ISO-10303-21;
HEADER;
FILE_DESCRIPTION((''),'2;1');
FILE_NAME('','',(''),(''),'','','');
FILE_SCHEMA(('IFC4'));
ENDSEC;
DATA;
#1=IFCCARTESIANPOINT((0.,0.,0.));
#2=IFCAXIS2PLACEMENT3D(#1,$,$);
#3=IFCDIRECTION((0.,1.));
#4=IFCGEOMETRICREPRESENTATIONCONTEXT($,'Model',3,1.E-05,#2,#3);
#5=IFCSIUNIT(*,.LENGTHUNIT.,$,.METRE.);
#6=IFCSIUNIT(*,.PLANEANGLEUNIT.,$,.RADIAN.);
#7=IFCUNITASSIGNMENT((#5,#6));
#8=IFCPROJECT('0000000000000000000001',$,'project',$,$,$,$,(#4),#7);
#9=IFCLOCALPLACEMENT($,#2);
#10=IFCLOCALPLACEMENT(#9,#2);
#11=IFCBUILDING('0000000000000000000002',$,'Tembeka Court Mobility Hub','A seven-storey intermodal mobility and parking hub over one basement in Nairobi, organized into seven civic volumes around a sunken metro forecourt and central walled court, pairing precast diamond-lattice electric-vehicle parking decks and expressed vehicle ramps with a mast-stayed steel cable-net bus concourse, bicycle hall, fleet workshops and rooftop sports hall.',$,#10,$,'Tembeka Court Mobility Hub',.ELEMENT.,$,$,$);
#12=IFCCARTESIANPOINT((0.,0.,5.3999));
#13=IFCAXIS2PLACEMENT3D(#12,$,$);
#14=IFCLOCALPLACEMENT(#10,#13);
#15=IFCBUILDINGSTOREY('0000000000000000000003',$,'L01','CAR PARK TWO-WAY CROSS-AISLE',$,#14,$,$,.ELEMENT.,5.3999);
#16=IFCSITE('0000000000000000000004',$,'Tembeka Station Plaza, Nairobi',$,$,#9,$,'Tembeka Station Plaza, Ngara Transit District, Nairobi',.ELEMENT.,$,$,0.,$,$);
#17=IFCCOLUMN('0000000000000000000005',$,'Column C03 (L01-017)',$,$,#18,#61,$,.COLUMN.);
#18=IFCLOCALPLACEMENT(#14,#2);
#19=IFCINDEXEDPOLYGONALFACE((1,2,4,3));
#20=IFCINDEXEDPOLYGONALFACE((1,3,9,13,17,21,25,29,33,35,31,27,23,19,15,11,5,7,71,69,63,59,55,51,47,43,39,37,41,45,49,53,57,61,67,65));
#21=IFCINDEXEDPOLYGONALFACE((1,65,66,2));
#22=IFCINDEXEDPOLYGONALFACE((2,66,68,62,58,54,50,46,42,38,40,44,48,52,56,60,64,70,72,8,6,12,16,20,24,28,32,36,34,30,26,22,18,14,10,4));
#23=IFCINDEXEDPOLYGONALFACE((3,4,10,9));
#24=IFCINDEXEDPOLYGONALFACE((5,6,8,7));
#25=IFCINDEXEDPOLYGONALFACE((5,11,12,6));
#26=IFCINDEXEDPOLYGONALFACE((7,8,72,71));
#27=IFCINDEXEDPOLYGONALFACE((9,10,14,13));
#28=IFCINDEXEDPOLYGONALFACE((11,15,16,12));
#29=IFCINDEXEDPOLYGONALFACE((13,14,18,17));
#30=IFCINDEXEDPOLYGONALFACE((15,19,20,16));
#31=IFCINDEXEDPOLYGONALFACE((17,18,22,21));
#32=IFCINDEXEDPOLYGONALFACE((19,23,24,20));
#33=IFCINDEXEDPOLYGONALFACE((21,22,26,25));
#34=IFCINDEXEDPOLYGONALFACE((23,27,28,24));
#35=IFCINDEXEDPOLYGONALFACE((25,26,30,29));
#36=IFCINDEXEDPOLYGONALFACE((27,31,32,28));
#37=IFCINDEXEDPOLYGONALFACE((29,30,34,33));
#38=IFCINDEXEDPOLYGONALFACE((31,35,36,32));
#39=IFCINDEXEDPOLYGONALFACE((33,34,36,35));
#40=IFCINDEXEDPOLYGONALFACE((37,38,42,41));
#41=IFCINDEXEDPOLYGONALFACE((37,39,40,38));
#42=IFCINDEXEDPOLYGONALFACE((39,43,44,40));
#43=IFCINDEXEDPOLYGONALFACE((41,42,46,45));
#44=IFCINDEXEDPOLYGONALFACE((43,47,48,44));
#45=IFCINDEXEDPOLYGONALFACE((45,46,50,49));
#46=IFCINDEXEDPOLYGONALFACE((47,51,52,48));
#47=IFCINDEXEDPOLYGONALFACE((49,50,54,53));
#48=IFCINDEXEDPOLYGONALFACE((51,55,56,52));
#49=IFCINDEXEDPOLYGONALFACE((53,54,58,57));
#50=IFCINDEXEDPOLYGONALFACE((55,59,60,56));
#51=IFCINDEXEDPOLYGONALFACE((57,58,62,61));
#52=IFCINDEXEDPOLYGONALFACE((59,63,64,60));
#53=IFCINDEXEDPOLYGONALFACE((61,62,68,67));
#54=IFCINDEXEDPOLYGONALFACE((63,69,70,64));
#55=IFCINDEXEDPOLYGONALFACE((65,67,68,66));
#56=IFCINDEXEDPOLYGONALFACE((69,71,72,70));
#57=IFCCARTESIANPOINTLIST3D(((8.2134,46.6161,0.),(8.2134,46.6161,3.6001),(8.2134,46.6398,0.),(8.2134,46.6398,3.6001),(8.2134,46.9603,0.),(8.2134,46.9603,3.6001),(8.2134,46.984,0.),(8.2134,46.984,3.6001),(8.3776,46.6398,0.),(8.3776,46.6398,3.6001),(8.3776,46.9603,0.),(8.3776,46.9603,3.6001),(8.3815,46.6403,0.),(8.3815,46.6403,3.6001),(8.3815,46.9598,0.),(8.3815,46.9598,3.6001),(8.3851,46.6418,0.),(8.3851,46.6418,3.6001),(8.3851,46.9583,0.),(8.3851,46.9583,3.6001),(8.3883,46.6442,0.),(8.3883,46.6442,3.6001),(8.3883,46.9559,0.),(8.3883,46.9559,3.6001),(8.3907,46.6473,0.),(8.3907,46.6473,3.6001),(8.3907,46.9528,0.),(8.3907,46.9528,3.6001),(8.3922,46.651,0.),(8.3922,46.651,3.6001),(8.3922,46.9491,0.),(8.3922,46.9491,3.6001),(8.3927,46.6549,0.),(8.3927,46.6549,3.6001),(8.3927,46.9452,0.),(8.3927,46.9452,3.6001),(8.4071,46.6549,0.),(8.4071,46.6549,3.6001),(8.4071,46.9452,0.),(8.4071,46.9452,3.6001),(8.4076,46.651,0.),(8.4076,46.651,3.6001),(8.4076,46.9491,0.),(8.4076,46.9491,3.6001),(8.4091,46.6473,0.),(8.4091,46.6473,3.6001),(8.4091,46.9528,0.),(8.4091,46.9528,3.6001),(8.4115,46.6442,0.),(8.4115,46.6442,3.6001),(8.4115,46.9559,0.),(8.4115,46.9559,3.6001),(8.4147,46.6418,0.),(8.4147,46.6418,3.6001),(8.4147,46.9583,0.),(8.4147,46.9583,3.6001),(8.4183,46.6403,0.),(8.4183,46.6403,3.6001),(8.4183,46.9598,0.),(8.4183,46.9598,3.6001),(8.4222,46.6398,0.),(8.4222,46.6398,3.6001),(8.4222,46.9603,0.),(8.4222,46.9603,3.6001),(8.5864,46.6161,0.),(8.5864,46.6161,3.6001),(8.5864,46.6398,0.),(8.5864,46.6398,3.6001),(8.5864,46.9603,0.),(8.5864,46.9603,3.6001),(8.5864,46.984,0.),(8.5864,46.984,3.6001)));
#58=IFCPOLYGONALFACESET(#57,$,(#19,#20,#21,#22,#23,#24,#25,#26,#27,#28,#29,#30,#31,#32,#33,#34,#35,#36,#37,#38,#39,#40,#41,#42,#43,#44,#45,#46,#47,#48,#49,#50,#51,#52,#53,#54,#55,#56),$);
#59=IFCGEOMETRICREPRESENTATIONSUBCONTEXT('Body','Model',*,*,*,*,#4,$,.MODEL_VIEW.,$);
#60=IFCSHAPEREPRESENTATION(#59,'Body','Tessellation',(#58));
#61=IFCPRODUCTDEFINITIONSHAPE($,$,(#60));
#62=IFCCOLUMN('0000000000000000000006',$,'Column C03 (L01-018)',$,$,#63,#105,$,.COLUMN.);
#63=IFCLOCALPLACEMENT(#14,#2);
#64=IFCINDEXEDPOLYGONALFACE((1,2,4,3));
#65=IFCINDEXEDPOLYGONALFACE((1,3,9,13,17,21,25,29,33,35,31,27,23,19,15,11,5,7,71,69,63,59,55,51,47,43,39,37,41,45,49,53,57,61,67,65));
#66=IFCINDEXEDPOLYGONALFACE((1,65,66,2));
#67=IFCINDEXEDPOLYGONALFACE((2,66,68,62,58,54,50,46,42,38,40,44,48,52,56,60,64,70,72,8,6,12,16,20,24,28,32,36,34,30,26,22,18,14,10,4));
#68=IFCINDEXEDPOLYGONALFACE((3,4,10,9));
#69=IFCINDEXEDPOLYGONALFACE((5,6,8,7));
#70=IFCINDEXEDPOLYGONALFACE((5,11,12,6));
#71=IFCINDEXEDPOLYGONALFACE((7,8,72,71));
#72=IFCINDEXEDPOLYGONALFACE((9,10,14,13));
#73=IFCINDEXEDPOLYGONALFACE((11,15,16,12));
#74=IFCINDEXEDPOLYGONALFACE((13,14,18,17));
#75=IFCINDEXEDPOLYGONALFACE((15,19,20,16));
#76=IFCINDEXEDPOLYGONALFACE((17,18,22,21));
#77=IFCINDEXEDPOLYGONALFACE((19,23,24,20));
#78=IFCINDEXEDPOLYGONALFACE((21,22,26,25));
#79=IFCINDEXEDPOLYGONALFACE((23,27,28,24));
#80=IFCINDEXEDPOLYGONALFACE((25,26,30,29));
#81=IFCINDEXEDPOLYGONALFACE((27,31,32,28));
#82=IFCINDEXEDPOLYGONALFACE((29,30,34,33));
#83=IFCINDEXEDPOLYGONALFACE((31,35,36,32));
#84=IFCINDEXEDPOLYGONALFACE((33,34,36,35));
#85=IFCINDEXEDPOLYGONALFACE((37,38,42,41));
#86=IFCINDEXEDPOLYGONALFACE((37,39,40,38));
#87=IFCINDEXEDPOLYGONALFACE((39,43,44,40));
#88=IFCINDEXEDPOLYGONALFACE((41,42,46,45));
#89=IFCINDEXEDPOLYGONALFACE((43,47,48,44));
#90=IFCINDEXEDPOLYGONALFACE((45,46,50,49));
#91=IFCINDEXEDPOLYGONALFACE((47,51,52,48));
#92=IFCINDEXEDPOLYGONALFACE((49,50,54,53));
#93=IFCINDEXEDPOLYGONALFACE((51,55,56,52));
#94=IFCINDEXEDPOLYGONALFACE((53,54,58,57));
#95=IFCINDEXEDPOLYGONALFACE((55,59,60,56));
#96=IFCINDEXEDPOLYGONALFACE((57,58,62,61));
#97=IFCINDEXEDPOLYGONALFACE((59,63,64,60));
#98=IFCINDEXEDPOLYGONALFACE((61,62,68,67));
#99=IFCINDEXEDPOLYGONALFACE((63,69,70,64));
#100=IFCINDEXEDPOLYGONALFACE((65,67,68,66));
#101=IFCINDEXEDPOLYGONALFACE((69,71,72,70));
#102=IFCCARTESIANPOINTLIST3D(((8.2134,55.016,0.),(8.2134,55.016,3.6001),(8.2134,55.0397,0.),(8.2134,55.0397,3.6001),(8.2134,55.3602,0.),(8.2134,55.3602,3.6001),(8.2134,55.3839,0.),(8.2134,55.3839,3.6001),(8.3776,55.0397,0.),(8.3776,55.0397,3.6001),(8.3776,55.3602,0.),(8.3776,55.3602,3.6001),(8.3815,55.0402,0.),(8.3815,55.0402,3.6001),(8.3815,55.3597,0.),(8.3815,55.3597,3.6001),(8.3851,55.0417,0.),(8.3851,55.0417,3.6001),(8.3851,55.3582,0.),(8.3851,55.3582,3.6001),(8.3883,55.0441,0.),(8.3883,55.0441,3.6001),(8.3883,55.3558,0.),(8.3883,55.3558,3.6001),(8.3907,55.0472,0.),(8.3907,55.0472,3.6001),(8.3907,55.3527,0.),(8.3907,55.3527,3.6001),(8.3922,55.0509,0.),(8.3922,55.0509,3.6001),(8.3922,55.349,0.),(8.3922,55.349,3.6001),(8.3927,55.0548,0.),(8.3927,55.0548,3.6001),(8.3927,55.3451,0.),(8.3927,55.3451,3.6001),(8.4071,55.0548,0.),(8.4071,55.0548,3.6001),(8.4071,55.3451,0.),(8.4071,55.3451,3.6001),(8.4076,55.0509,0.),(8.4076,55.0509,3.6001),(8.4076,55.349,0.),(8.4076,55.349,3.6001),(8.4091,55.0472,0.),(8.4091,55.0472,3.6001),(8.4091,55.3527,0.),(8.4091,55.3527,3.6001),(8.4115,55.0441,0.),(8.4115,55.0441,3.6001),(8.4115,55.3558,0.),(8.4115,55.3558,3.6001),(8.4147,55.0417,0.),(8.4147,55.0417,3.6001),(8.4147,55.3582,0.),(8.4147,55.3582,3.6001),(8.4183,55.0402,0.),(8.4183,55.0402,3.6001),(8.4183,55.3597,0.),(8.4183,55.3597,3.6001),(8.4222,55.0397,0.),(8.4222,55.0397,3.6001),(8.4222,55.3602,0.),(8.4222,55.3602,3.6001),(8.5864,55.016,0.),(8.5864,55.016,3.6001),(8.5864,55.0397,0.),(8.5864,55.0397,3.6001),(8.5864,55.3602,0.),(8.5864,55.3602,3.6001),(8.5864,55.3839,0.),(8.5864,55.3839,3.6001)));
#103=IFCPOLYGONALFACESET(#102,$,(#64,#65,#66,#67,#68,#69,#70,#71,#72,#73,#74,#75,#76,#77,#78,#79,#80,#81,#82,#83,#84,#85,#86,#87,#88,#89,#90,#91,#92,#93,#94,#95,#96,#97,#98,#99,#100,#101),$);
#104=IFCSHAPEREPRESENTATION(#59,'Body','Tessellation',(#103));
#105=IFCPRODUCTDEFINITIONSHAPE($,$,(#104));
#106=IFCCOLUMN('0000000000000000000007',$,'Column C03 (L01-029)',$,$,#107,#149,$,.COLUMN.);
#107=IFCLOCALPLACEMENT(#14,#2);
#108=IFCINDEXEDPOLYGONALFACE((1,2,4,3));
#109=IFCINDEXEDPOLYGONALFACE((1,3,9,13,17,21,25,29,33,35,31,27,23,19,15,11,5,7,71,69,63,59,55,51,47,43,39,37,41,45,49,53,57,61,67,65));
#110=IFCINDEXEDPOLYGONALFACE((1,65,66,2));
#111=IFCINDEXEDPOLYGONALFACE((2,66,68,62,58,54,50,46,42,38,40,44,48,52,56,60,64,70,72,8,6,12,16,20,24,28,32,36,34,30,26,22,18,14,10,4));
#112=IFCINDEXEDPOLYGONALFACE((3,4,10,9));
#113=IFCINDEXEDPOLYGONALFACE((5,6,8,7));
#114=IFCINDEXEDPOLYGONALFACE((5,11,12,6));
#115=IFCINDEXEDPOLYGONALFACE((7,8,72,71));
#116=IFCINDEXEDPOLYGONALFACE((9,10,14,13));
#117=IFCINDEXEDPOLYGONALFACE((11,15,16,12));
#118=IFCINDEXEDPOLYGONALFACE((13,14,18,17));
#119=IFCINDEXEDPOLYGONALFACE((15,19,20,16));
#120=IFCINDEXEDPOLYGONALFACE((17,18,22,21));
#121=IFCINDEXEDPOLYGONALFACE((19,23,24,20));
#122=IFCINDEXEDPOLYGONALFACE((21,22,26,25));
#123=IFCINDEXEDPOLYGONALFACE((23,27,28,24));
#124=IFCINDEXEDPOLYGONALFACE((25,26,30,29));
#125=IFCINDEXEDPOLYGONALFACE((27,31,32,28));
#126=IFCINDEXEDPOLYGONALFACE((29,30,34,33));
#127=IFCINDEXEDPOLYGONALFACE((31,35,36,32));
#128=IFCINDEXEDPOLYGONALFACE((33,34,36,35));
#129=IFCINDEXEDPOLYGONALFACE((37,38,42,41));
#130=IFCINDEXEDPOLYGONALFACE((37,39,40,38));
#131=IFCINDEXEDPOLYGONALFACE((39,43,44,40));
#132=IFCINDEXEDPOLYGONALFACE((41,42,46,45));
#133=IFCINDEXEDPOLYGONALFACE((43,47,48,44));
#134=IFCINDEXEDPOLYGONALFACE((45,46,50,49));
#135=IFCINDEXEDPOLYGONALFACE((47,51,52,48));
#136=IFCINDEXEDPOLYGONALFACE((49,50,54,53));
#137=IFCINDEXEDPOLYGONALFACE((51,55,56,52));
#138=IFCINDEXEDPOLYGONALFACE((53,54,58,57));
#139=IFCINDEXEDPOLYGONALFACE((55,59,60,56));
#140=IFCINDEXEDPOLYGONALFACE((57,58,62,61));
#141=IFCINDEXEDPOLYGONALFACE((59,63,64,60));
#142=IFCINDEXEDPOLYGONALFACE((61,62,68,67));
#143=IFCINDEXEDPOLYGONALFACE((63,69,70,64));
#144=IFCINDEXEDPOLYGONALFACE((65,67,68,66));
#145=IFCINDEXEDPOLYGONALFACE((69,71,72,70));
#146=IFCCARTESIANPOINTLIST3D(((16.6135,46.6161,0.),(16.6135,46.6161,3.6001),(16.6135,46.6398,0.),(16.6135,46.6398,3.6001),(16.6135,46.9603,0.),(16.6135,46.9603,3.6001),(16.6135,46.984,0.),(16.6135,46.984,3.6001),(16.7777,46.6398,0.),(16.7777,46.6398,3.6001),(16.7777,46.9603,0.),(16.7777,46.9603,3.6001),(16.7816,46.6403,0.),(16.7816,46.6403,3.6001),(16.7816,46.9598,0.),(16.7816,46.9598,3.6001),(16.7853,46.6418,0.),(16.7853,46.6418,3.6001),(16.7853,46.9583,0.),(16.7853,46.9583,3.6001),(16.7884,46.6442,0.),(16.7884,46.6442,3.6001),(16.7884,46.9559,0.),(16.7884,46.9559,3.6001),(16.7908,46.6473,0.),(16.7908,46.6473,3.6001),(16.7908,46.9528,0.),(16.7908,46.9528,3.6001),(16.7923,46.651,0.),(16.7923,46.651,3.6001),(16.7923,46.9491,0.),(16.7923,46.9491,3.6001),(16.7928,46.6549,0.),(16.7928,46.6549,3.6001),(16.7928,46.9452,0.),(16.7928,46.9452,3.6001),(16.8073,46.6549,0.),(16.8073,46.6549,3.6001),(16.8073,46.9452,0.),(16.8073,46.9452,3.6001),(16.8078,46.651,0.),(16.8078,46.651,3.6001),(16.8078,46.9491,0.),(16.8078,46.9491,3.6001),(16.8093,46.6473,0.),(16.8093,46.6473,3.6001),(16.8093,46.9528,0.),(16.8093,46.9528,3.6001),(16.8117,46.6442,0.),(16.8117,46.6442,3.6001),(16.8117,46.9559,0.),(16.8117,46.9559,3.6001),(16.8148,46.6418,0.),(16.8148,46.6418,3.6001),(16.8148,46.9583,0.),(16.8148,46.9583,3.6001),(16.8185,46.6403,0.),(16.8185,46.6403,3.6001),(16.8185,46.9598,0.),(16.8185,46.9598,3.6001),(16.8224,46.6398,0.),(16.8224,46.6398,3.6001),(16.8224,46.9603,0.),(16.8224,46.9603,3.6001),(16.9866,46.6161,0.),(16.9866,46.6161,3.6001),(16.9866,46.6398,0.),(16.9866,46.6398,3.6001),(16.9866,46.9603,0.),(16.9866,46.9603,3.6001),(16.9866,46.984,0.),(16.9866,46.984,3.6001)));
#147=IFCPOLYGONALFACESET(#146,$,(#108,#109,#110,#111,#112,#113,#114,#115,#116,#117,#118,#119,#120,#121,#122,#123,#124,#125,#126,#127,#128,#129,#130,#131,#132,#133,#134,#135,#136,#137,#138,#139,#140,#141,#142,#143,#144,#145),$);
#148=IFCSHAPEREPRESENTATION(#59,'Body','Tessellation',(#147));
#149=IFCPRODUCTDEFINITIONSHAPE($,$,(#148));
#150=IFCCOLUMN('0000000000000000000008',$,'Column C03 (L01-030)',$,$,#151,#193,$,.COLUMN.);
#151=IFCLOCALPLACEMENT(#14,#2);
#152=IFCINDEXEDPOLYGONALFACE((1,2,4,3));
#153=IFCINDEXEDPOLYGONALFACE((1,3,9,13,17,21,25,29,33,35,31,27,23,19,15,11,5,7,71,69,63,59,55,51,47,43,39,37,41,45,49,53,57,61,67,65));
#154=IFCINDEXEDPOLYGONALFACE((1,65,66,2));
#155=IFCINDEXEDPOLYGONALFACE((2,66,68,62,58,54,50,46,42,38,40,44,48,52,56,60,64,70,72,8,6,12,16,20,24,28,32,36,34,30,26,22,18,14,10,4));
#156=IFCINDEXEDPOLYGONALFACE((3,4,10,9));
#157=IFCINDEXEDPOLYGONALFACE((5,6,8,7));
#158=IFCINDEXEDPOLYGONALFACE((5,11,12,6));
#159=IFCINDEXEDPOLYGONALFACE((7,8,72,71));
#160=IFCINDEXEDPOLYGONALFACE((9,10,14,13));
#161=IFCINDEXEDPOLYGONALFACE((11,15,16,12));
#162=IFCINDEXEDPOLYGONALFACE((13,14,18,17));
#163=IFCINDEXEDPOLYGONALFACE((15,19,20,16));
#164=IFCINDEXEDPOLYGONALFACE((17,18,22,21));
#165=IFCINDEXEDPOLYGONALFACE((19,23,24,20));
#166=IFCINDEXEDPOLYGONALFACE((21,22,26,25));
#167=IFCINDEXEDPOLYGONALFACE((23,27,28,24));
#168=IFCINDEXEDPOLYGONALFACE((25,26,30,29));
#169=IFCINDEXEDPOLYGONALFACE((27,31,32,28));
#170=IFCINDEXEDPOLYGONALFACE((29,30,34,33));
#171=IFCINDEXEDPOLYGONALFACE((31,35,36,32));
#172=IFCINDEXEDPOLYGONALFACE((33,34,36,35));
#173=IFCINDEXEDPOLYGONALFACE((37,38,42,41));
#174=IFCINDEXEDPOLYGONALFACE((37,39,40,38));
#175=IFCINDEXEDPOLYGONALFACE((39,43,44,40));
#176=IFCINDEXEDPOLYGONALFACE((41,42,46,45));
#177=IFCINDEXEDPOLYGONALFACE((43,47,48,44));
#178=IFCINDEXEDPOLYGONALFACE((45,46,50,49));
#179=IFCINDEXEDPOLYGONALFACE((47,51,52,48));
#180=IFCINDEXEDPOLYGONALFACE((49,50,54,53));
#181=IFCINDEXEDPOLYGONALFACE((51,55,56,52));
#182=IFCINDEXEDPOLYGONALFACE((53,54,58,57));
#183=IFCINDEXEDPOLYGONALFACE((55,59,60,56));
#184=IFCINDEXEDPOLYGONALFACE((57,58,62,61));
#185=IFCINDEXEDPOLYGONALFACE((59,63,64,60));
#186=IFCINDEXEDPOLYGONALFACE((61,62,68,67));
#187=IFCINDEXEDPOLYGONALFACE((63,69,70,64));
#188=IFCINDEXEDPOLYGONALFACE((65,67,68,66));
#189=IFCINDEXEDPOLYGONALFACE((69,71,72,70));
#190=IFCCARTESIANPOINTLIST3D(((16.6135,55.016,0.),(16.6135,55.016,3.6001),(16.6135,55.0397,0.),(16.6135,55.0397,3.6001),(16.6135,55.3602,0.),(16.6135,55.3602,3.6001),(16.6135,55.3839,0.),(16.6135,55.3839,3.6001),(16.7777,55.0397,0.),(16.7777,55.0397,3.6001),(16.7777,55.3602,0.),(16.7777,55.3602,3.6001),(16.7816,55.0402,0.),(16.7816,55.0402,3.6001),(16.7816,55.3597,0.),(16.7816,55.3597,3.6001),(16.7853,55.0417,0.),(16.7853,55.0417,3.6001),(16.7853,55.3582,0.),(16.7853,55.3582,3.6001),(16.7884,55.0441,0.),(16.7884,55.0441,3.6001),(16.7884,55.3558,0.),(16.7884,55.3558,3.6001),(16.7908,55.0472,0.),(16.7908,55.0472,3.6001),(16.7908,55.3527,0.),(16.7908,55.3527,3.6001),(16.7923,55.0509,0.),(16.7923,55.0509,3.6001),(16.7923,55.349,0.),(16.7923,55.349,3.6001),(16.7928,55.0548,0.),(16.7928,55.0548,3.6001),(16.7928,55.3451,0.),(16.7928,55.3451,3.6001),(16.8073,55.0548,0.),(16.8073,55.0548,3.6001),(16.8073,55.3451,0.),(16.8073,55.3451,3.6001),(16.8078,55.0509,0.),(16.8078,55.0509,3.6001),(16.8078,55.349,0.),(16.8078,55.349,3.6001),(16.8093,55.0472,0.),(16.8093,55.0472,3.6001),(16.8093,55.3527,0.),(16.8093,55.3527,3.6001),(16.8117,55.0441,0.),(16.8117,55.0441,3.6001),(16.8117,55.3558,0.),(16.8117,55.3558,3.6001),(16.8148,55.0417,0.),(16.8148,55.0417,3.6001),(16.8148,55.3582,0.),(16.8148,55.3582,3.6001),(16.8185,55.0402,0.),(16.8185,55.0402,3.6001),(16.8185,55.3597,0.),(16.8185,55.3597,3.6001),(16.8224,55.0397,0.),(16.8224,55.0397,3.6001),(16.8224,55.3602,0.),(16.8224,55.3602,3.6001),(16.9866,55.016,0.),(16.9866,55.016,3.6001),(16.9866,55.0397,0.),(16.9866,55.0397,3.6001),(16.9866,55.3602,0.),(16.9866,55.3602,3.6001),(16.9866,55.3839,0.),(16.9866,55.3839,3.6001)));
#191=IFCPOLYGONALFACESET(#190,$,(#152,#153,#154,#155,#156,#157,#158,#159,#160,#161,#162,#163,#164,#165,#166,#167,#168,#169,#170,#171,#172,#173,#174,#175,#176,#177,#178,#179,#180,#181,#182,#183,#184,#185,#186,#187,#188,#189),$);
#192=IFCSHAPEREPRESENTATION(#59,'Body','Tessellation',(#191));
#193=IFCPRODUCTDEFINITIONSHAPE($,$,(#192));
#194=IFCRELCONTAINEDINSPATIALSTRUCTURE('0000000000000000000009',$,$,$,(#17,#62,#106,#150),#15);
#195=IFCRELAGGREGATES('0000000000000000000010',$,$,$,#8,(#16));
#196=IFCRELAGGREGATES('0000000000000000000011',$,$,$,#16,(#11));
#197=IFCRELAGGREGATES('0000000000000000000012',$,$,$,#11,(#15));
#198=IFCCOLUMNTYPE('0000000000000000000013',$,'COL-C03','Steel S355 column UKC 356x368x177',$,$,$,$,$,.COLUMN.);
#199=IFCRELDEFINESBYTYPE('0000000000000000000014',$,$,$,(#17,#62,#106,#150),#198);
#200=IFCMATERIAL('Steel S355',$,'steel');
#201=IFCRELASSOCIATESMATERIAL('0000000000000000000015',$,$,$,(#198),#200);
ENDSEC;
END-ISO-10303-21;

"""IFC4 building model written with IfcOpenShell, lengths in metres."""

from ifc_helpers import new_model, si_unit, direction, frame, origin, origin_2d, place, context, subcontext, project, spatial, i_section, extrude, material, material_profile, profile_set, type_object, element, save


model = new_model("IFC4")

# Units and contexts
model_context = context("Model", 3, precision=1e-05, world=origin(), true_north=direction((0.0, 1.0)))
body_context = subcontext(model_context, "Body", "Model", "MODEL_VIEW")
ifc_project = project(units=[si_unit("LENGTHUNIT", "METRE"), si_unit("PLANEANGLEUNIT", "RADIAN")], contexts=[model_context])

# Site, building, storey
site_placement = place(None, origin())
site = spatial("IfcSite", under=ifc_project, at=site_placement, Name="Tembeka Station Plaza, Nairobi", LongName="Tembeka Station Plaza, Ngara Transit District, Nairobi", CompositionType="ELEMENT", RefElevation=0.0)
building_placement = place(site_placement, origin())
building = spatial("IfcBuilding", under=site, at=building_placement, Name="Tembeka Court Mobility Hub", Description="A seven-storey intermodal mobility and parking hub over one basement in Nairobi, organized into seven civic volumes around a sunken metro forecourt and central walled court, pairing precast diamond-lattice electric-vehicle parking decks and expressed vehicle ramps with a mast-stayed steel cable-net bus concourse, bicycle hall, fleet workshops and rooftop sports hall.", LongName="Tembeka Court Mobility Hub", CompositionType="ELEMENT")
storey_placement = place(building_placement, frame((0.0, 0.0, 5.3999)))
storey = spatial("IfcBuildingStorey", under=building, at=storey_placement, Name="L01", Description="CAR PARK TWO-WAY CROSS-AISLE", CompositionType="ELEMENT", Elevation=5.3999)

# Columns
ifc_material_1 = material(Name="Steel S355", Category="steel")
ifc_material_profile_1 = material_profile(ifc_material_1, i_section(OverallWidth=0.373, OverallDepth=0.3679, WebThickness=0.0144, FlangeThickness=0.0237, FilletRadius=0.0151, at=origin_2d()), Name="UKC 356x368x177")
ifc_profile_set_1 = profile_set([ifc_material_profile_1], Name="Steel S355")
column_type = type_object("IfcColumnType", Name="COL-C03", Description="Steel S355 column UKC 356x368x177", PredefinedType="COLUMN", material=ifc_profile_set_1)
for number, where, z_axis, x_axis, name in (
    (1, (8.3999, 46.8, 0.0), (0.0, 0.0, 1.0), (1.0, 0.0, 0.0), "Column C03 (L01-017)"),
    (2, (8.3999, 55.2, 0.0), (0.0, 0.0, 1.0), (1.0, 0.0, 0.0), "Column C03 (L01-018)"),
    (3, (16.8, 46.8, 0.0), (0.0, 0.0, 1.0), (1.0, 0.0, 0.0), "Column C03 (L01-029)"),
    (4, (16.8, 55.2, 0.0), (0.0, 0.0, 1.0), (1.0, 0.0, 0.0), "Column C03 (L01-030)"),
):
    element("IfcColumn", number, at=place(storey_placement, frame(where, z_axis=z_axis, x_axis=x_axis)), inside=storey, type_object=column_type, Name=name, PredefinedType="COLUMN", context=body_context, shape_type="SweptSolid", body=[
        extrude(i_section(OverallWidth=0.373, OverallDepth=0.3679, WebThickness=0.0144, FlangeThickness=0.0237, FilletRadius=0.0151, at=origin_2d()), origin(), (0.0, 0.0, 1.0), 3.6001),
    ])

save(model, "model.ifc")
